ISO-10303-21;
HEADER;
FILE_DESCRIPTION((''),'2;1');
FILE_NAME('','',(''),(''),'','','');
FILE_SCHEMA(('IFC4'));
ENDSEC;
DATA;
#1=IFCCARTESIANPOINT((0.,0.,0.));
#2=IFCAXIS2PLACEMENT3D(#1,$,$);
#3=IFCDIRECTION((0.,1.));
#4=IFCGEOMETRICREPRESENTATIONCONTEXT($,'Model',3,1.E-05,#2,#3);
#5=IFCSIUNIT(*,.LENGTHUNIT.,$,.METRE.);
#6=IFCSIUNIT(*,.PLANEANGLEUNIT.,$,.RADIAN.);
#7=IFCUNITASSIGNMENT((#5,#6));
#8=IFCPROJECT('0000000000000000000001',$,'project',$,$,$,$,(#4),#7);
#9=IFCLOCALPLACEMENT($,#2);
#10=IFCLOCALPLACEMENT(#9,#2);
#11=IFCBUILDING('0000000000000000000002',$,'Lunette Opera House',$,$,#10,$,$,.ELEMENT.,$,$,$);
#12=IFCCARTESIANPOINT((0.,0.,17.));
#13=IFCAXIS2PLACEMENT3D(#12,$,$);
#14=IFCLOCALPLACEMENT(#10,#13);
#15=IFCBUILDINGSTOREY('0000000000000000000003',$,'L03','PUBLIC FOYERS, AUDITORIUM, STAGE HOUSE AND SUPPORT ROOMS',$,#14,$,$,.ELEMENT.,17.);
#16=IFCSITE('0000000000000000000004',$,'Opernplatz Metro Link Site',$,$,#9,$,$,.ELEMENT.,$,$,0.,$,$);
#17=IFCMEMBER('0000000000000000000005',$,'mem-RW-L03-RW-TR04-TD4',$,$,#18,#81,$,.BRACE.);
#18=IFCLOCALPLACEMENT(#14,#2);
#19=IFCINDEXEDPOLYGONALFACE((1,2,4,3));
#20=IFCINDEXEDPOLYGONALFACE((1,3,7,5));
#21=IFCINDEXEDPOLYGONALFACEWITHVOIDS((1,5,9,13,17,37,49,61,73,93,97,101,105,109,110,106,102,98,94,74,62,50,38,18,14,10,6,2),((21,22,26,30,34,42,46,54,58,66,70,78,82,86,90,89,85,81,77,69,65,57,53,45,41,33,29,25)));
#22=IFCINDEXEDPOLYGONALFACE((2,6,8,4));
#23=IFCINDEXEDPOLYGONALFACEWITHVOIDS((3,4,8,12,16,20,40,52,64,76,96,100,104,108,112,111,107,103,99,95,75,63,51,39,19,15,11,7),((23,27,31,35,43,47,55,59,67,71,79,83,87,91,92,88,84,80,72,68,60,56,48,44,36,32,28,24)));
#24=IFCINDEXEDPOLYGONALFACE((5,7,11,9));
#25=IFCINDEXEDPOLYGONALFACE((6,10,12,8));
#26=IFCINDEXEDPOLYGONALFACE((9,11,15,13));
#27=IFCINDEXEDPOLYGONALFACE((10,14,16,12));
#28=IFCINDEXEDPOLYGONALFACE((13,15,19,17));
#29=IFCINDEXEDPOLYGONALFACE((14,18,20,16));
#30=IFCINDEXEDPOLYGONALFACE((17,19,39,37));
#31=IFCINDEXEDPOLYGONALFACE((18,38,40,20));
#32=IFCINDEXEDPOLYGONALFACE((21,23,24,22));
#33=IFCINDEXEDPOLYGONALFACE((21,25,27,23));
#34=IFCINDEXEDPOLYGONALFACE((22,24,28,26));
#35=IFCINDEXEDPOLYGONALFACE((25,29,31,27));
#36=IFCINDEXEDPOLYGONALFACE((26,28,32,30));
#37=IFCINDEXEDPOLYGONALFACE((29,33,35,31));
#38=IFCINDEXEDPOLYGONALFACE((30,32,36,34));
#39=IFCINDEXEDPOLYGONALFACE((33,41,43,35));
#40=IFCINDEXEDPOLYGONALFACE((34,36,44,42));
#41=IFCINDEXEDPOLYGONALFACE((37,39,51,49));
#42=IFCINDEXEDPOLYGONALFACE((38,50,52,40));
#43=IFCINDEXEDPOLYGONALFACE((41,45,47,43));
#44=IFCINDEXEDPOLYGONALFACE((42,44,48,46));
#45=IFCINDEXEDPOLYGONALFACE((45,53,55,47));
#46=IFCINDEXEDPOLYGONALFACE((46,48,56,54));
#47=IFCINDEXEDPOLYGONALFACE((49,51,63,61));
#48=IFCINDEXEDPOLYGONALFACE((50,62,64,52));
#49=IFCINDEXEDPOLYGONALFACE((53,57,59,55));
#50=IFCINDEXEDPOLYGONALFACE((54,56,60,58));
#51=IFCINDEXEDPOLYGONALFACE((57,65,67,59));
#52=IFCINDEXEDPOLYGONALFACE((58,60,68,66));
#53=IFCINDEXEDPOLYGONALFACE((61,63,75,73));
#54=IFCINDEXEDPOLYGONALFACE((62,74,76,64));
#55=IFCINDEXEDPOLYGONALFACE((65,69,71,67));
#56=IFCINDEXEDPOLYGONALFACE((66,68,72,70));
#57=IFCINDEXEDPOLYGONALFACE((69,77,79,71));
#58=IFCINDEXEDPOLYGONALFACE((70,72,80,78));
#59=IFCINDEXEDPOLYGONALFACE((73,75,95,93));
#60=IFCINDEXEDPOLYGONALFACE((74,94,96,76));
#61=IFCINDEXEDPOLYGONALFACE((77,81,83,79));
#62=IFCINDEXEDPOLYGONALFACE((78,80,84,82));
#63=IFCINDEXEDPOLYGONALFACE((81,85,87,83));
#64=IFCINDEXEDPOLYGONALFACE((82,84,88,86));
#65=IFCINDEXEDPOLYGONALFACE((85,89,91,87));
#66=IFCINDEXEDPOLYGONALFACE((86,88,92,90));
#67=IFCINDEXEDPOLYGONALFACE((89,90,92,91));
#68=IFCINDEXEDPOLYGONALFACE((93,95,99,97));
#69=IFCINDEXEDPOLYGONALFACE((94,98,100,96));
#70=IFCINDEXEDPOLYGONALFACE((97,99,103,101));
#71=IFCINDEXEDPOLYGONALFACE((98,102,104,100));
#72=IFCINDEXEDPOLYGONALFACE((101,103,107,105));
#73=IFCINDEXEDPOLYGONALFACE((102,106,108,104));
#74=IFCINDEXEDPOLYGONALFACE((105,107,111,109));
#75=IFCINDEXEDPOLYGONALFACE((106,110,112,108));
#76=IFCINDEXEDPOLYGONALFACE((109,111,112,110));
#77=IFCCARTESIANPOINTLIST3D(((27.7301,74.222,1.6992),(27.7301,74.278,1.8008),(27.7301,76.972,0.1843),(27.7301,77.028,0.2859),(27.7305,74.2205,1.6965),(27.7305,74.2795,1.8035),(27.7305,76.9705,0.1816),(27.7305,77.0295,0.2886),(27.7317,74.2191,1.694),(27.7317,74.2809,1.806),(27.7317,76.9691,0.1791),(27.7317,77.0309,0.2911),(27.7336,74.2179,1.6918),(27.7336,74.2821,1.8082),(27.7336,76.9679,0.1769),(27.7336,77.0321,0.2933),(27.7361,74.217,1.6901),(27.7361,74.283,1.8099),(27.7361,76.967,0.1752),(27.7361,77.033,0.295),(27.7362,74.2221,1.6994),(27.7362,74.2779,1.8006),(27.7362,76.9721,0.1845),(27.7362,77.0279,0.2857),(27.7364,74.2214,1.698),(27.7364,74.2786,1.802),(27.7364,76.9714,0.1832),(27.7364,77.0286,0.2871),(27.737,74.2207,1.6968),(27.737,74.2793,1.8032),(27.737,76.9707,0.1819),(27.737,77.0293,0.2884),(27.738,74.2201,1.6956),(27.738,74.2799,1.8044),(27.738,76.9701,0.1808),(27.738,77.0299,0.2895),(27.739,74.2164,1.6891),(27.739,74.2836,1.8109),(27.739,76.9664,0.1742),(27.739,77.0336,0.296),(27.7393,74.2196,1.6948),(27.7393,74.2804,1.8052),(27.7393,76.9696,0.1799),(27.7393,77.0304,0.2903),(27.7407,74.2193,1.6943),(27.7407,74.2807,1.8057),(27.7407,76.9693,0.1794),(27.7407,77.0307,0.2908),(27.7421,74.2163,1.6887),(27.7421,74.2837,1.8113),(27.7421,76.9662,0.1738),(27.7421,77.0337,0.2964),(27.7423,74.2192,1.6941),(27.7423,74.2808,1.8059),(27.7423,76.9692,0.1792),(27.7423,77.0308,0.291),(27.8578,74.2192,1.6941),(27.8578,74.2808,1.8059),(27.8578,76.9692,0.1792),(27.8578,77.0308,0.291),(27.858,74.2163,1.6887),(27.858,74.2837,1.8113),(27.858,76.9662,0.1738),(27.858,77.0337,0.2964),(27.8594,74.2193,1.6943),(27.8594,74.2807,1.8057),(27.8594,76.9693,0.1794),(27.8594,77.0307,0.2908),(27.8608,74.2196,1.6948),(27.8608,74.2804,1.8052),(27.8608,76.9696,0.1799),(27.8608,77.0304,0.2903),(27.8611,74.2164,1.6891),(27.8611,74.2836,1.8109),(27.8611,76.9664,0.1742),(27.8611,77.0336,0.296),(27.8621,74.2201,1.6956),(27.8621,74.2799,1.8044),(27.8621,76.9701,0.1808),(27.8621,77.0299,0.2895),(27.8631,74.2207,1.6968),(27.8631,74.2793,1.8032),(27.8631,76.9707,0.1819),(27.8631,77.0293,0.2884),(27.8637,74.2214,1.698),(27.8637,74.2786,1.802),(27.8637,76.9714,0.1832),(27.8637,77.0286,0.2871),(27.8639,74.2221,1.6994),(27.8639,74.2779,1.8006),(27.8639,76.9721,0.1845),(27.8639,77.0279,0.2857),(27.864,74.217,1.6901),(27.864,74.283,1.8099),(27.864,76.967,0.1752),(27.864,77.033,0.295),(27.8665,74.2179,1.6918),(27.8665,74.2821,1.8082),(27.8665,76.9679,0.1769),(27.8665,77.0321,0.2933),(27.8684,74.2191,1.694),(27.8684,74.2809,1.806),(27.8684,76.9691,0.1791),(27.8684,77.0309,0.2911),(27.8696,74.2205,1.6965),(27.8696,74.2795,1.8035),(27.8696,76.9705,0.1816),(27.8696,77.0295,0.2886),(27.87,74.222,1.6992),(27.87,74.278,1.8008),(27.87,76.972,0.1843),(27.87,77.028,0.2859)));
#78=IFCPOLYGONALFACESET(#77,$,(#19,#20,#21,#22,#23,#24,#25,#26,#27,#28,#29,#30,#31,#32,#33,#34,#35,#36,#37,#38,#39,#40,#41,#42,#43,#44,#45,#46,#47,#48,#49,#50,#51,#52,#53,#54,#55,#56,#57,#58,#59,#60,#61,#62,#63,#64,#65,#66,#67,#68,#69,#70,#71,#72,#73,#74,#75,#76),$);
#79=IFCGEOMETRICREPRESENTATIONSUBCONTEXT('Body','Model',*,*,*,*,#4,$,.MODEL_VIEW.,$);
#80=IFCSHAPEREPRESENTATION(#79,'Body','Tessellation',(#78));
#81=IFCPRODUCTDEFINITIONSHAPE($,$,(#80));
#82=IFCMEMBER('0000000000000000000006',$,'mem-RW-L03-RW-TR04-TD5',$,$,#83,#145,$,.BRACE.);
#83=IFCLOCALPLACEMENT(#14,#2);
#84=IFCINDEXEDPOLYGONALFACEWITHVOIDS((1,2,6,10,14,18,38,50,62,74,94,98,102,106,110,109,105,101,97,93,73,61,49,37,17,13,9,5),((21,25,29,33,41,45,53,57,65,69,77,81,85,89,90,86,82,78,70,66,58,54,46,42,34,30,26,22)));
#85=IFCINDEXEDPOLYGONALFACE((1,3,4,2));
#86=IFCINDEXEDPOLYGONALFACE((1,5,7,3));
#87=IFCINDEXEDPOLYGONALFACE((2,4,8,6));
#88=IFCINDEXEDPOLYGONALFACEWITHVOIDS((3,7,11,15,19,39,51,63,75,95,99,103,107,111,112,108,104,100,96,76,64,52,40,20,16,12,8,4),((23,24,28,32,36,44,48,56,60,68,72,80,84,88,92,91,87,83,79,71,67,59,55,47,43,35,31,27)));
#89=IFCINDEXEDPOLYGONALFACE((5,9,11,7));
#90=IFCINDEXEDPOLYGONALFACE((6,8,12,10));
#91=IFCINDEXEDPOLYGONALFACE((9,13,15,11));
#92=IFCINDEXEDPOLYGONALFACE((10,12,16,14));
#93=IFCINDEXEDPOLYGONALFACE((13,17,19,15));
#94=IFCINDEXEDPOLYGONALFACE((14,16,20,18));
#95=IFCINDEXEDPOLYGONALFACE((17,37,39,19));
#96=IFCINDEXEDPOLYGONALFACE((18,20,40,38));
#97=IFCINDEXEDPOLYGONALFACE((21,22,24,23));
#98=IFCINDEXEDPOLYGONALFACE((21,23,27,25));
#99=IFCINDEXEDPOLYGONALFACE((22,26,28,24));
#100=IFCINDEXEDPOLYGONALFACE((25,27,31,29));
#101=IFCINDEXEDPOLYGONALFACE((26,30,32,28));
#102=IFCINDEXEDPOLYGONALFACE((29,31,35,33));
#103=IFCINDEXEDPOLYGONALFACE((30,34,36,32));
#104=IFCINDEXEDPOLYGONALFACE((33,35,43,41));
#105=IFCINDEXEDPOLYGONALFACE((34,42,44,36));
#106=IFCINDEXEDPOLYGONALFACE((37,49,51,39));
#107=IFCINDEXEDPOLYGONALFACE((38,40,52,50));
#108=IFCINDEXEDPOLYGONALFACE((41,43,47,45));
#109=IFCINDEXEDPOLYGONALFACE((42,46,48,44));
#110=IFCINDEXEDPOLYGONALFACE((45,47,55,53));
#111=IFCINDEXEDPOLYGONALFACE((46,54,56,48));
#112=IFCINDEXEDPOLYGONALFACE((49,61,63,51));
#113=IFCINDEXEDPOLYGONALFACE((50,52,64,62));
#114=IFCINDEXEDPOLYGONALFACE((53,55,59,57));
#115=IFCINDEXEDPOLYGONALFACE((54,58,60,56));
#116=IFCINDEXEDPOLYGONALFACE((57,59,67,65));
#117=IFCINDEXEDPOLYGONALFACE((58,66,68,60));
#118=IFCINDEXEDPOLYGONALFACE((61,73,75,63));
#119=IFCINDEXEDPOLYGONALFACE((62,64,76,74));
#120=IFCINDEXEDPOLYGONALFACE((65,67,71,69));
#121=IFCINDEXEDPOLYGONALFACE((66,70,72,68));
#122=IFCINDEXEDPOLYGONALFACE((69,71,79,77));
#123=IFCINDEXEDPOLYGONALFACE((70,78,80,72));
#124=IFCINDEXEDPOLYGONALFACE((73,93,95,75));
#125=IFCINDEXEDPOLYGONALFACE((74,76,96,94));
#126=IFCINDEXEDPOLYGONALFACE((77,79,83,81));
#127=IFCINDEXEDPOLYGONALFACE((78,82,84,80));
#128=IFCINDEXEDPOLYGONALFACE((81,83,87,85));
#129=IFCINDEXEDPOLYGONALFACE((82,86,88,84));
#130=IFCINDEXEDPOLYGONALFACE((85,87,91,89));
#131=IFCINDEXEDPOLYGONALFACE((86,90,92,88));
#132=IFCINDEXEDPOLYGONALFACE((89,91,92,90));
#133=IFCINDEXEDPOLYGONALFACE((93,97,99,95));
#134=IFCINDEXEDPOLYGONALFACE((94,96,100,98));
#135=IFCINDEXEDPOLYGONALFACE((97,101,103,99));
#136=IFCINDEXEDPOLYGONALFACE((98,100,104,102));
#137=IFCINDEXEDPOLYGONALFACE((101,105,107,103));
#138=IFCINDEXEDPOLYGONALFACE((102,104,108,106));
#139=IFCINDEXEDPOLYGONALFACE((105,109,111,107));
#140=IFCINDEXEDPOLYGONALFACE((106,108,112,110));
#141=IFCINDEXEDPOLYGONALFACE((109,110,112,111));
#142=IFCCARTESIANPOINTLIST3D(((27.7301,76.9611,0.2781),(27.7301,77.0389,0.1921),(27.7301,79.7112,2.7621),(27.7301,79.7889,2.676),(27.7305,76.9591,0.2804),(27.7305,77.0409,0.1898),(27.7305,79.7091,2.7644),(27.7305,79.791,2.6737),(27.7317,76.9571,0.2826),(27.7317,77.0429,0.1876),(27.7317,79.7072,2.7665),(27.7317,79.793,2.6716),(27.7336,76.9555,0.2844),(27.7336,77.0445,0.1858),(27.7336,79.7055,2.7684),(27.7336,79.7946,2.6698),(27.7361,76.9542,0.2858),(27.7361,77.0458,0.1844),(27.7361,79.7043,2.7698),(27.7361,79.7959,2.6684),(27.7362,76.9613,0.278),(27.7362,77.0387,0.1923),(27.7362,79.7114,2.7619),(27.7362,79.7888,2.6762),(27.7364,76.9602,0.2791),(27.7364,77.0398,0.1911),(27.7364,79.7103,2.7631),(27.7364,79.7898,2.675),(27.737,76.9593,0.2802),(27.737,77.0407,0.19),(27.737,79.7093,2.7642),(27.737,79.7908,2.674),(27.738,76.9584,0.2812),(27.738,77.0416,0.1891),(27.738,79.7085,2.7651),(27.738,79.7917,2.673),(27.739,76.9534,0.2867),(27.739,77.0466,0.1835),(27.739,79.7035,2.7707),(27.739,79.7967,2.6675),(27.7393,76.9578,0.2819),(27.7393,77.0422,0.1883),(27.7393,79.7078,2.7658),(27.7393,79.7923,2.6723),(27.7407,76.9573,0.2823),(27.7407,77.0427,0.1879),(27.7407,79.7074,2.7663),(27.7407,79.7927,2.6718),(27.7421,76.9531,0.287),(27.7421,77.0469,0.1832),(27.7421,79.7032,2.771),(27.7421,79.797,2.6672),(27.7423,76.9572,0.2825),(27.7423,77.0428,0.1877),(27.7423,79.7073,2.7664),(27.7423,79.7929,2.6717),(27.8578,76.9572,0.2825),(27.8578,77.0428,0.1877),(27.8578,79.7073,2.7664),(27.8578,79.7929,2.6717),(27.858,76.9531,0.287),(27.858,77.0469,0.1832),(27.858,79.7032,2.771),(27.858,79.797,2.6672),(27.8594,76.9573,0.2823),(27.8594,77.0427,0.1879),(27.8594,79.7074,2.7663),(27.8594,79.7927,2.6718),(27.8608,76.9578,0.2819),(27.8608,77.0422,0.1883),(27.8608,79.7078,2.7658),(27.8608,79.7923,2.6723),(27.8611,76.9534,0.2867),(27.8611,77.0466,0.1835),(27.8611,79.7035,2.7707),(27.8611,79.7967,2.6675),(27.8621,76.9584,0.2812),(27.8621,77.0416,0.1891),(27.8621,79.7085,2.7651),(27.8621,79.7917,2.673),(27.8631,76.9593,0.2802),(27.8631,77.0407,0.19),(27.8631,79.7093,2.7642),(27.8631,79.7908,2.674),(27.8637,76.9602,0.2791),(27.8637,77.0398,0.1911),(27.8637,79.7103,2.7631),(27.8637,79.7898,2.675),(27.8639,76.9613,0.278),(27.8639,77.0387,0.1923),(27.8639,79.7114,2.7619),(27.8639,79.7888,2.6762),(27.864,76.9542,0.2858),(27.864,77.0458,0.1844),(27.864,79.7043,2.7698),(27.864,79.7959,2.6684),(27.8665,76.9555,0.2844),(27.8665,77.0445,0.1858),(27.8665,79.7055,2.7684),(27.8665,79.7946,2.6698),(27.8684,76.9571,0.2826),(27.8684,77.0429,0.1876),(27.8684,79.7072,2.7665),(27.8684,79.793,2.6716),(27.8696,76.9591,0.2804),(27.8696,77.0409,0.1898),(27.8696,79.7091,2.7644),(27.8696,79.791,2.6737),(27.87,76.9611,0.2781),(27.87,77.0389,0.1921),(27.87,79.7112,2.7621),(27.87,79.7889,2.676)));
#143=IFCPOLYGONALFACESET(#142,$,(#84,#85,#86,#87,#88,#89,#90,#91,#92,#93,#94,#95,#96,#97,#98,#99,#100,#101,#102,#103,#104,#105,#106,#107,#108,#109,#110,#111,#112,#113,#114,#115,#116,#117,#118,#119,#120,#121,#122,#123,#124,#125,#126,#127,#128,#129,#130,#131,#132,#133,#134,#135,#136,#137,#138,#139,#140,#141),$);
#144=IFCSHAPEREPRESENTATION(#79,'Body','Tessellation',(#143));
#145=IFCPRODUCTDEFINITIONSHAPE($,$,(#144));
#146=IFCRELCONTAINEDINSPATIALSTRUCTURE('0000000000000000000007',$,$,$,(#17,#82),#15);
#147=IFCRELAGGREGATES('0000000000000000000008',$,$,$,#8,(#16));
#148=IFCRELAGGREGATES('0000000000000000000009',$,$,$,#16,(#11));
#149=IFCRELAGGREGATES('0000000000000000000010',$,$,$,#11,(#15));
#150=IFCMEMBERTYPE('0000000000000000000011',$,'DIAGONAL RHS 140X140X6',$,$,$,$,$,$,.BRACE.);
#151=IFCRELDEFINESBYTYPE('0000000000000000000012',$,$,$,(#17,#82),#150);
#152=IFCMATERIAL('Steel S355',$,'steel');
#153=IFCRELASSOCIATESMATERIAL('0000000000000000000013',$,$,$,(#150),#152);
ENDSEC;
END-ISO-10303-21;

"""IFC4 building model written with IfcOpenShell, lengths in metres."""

from ifc_helpers import new_model, si_unit, direction, frame, origin, origin_2d, place, context, subcontext, project, spatial, hollow_rectangle, extrude, material, material_profile, profile_set, type_object, element, save


model = new_model("IFC4")

# Units and contexts
model_context = context("Model", 3, precision=1e-05, world=origin(), true_north=direction((0.0, 1.0)))
body_context = subcontext(model_context, "Body", "Model", "MODEL_VIEW")
ifc_project = project(units=[si_unit("LENGTHUNIT", "METRE"), si_unit("PLANEANGLEUNIT", "RADIAN")], contexts=[model_context])

# Site, building, storey
site_placement = place(None, origin())
site = spatial("IfcSite", under=ifc_project, at=site_placement, Name="Opernplatz Metro Link Site", CompositionType="ELEMENT", RefElevation=0.0)
building_placement = place(site_placement, origin())
building = spatial("IfcBuilding", under=site, at=building_placement, Name="Lunette Opera House", CompositionType="ELEMENT")
storey_placement = place(building_placement, frame((0.0, 0.0, 17.0)))
storey = spatial("IfcBuildingStorey", under=building, at=storey_placement, Name="L03", Description="PUBLIC FOYERS, AUDITORIUM, STAGE HOUSE AND SUPPORT ROOMS", CompositionType="ELEMENT", Elevation=17.0)

# Members
ifc_material_1 = material(Name="Steel S355", Category="steel")
ifc_material_profile_1 = material_profile(ifc_material_1, hollow_rectangle(XDim=0.1399, YDim=0.1399, WallThickness=0.0061, InnerFilletRadius=0.0061, OuterFilletRadius=0.012, at=origin_2d()), Name="RHS 140X140X6")
ifc_profile_set_1 = profile_set([ifc_material_profile_1], Name="Steel S355")
member_type_1 = type_object("IfcMemberType", Name="DIAGONAL RHS 140X140X6", PredefinedType="BRACE", material=ifc_profile_set_1)
member_1_placement = place(storey_placement, frame((27.8, 74.25, 1.75), z_axis=(0.0, 0.875894, -0.482504), x_axis=(-1.0, 0.0, 0.0)))
element("IfcMember", 1, at=member_1_placement, inside=storey, type_object=member_type_1, Name="mem-RW-L03-RW-TR04-TD4", PredefinedType="BRACE", context=body_context, shape_type="SweptSolid", body=[
    extrude(hollow_rectangle(XDim=0.1399, YDim=0.1399, WallThickness=0.0061, InnerFilletRadius=0.0061, OuterFilletRadius=0.012, at=origin_2d()), origin(), (0.0, 0.0, 1.0), 3.1396),
])
member_2_placement = place(storey_placement, frame((27.8, 77.0, 0.2351), z_axis=(0.0, 0.742101, 0.670289), x_axis=(-1.0, 0.0, 0.0)))
element("IfcMember", 2, at=member_2_placement, inside=storey, type_object=member_type_1, Name="mem-RW-L03-RW-TR04-TD5", PredefinedType="BRACE", context=body_context, shape_type="SweptSolid", body=[
    extrude(hollow_rectangle(XDim=0.1399, YDim=0.1399, WallThickness=0.0061, InnerFilletRadius=0.0061, OuterFilletRadius=0.012, at=origin_2d()), origin(), (0.0, 0.0, 1.0), 3.7058),
])

save(model, "model.ifc")
